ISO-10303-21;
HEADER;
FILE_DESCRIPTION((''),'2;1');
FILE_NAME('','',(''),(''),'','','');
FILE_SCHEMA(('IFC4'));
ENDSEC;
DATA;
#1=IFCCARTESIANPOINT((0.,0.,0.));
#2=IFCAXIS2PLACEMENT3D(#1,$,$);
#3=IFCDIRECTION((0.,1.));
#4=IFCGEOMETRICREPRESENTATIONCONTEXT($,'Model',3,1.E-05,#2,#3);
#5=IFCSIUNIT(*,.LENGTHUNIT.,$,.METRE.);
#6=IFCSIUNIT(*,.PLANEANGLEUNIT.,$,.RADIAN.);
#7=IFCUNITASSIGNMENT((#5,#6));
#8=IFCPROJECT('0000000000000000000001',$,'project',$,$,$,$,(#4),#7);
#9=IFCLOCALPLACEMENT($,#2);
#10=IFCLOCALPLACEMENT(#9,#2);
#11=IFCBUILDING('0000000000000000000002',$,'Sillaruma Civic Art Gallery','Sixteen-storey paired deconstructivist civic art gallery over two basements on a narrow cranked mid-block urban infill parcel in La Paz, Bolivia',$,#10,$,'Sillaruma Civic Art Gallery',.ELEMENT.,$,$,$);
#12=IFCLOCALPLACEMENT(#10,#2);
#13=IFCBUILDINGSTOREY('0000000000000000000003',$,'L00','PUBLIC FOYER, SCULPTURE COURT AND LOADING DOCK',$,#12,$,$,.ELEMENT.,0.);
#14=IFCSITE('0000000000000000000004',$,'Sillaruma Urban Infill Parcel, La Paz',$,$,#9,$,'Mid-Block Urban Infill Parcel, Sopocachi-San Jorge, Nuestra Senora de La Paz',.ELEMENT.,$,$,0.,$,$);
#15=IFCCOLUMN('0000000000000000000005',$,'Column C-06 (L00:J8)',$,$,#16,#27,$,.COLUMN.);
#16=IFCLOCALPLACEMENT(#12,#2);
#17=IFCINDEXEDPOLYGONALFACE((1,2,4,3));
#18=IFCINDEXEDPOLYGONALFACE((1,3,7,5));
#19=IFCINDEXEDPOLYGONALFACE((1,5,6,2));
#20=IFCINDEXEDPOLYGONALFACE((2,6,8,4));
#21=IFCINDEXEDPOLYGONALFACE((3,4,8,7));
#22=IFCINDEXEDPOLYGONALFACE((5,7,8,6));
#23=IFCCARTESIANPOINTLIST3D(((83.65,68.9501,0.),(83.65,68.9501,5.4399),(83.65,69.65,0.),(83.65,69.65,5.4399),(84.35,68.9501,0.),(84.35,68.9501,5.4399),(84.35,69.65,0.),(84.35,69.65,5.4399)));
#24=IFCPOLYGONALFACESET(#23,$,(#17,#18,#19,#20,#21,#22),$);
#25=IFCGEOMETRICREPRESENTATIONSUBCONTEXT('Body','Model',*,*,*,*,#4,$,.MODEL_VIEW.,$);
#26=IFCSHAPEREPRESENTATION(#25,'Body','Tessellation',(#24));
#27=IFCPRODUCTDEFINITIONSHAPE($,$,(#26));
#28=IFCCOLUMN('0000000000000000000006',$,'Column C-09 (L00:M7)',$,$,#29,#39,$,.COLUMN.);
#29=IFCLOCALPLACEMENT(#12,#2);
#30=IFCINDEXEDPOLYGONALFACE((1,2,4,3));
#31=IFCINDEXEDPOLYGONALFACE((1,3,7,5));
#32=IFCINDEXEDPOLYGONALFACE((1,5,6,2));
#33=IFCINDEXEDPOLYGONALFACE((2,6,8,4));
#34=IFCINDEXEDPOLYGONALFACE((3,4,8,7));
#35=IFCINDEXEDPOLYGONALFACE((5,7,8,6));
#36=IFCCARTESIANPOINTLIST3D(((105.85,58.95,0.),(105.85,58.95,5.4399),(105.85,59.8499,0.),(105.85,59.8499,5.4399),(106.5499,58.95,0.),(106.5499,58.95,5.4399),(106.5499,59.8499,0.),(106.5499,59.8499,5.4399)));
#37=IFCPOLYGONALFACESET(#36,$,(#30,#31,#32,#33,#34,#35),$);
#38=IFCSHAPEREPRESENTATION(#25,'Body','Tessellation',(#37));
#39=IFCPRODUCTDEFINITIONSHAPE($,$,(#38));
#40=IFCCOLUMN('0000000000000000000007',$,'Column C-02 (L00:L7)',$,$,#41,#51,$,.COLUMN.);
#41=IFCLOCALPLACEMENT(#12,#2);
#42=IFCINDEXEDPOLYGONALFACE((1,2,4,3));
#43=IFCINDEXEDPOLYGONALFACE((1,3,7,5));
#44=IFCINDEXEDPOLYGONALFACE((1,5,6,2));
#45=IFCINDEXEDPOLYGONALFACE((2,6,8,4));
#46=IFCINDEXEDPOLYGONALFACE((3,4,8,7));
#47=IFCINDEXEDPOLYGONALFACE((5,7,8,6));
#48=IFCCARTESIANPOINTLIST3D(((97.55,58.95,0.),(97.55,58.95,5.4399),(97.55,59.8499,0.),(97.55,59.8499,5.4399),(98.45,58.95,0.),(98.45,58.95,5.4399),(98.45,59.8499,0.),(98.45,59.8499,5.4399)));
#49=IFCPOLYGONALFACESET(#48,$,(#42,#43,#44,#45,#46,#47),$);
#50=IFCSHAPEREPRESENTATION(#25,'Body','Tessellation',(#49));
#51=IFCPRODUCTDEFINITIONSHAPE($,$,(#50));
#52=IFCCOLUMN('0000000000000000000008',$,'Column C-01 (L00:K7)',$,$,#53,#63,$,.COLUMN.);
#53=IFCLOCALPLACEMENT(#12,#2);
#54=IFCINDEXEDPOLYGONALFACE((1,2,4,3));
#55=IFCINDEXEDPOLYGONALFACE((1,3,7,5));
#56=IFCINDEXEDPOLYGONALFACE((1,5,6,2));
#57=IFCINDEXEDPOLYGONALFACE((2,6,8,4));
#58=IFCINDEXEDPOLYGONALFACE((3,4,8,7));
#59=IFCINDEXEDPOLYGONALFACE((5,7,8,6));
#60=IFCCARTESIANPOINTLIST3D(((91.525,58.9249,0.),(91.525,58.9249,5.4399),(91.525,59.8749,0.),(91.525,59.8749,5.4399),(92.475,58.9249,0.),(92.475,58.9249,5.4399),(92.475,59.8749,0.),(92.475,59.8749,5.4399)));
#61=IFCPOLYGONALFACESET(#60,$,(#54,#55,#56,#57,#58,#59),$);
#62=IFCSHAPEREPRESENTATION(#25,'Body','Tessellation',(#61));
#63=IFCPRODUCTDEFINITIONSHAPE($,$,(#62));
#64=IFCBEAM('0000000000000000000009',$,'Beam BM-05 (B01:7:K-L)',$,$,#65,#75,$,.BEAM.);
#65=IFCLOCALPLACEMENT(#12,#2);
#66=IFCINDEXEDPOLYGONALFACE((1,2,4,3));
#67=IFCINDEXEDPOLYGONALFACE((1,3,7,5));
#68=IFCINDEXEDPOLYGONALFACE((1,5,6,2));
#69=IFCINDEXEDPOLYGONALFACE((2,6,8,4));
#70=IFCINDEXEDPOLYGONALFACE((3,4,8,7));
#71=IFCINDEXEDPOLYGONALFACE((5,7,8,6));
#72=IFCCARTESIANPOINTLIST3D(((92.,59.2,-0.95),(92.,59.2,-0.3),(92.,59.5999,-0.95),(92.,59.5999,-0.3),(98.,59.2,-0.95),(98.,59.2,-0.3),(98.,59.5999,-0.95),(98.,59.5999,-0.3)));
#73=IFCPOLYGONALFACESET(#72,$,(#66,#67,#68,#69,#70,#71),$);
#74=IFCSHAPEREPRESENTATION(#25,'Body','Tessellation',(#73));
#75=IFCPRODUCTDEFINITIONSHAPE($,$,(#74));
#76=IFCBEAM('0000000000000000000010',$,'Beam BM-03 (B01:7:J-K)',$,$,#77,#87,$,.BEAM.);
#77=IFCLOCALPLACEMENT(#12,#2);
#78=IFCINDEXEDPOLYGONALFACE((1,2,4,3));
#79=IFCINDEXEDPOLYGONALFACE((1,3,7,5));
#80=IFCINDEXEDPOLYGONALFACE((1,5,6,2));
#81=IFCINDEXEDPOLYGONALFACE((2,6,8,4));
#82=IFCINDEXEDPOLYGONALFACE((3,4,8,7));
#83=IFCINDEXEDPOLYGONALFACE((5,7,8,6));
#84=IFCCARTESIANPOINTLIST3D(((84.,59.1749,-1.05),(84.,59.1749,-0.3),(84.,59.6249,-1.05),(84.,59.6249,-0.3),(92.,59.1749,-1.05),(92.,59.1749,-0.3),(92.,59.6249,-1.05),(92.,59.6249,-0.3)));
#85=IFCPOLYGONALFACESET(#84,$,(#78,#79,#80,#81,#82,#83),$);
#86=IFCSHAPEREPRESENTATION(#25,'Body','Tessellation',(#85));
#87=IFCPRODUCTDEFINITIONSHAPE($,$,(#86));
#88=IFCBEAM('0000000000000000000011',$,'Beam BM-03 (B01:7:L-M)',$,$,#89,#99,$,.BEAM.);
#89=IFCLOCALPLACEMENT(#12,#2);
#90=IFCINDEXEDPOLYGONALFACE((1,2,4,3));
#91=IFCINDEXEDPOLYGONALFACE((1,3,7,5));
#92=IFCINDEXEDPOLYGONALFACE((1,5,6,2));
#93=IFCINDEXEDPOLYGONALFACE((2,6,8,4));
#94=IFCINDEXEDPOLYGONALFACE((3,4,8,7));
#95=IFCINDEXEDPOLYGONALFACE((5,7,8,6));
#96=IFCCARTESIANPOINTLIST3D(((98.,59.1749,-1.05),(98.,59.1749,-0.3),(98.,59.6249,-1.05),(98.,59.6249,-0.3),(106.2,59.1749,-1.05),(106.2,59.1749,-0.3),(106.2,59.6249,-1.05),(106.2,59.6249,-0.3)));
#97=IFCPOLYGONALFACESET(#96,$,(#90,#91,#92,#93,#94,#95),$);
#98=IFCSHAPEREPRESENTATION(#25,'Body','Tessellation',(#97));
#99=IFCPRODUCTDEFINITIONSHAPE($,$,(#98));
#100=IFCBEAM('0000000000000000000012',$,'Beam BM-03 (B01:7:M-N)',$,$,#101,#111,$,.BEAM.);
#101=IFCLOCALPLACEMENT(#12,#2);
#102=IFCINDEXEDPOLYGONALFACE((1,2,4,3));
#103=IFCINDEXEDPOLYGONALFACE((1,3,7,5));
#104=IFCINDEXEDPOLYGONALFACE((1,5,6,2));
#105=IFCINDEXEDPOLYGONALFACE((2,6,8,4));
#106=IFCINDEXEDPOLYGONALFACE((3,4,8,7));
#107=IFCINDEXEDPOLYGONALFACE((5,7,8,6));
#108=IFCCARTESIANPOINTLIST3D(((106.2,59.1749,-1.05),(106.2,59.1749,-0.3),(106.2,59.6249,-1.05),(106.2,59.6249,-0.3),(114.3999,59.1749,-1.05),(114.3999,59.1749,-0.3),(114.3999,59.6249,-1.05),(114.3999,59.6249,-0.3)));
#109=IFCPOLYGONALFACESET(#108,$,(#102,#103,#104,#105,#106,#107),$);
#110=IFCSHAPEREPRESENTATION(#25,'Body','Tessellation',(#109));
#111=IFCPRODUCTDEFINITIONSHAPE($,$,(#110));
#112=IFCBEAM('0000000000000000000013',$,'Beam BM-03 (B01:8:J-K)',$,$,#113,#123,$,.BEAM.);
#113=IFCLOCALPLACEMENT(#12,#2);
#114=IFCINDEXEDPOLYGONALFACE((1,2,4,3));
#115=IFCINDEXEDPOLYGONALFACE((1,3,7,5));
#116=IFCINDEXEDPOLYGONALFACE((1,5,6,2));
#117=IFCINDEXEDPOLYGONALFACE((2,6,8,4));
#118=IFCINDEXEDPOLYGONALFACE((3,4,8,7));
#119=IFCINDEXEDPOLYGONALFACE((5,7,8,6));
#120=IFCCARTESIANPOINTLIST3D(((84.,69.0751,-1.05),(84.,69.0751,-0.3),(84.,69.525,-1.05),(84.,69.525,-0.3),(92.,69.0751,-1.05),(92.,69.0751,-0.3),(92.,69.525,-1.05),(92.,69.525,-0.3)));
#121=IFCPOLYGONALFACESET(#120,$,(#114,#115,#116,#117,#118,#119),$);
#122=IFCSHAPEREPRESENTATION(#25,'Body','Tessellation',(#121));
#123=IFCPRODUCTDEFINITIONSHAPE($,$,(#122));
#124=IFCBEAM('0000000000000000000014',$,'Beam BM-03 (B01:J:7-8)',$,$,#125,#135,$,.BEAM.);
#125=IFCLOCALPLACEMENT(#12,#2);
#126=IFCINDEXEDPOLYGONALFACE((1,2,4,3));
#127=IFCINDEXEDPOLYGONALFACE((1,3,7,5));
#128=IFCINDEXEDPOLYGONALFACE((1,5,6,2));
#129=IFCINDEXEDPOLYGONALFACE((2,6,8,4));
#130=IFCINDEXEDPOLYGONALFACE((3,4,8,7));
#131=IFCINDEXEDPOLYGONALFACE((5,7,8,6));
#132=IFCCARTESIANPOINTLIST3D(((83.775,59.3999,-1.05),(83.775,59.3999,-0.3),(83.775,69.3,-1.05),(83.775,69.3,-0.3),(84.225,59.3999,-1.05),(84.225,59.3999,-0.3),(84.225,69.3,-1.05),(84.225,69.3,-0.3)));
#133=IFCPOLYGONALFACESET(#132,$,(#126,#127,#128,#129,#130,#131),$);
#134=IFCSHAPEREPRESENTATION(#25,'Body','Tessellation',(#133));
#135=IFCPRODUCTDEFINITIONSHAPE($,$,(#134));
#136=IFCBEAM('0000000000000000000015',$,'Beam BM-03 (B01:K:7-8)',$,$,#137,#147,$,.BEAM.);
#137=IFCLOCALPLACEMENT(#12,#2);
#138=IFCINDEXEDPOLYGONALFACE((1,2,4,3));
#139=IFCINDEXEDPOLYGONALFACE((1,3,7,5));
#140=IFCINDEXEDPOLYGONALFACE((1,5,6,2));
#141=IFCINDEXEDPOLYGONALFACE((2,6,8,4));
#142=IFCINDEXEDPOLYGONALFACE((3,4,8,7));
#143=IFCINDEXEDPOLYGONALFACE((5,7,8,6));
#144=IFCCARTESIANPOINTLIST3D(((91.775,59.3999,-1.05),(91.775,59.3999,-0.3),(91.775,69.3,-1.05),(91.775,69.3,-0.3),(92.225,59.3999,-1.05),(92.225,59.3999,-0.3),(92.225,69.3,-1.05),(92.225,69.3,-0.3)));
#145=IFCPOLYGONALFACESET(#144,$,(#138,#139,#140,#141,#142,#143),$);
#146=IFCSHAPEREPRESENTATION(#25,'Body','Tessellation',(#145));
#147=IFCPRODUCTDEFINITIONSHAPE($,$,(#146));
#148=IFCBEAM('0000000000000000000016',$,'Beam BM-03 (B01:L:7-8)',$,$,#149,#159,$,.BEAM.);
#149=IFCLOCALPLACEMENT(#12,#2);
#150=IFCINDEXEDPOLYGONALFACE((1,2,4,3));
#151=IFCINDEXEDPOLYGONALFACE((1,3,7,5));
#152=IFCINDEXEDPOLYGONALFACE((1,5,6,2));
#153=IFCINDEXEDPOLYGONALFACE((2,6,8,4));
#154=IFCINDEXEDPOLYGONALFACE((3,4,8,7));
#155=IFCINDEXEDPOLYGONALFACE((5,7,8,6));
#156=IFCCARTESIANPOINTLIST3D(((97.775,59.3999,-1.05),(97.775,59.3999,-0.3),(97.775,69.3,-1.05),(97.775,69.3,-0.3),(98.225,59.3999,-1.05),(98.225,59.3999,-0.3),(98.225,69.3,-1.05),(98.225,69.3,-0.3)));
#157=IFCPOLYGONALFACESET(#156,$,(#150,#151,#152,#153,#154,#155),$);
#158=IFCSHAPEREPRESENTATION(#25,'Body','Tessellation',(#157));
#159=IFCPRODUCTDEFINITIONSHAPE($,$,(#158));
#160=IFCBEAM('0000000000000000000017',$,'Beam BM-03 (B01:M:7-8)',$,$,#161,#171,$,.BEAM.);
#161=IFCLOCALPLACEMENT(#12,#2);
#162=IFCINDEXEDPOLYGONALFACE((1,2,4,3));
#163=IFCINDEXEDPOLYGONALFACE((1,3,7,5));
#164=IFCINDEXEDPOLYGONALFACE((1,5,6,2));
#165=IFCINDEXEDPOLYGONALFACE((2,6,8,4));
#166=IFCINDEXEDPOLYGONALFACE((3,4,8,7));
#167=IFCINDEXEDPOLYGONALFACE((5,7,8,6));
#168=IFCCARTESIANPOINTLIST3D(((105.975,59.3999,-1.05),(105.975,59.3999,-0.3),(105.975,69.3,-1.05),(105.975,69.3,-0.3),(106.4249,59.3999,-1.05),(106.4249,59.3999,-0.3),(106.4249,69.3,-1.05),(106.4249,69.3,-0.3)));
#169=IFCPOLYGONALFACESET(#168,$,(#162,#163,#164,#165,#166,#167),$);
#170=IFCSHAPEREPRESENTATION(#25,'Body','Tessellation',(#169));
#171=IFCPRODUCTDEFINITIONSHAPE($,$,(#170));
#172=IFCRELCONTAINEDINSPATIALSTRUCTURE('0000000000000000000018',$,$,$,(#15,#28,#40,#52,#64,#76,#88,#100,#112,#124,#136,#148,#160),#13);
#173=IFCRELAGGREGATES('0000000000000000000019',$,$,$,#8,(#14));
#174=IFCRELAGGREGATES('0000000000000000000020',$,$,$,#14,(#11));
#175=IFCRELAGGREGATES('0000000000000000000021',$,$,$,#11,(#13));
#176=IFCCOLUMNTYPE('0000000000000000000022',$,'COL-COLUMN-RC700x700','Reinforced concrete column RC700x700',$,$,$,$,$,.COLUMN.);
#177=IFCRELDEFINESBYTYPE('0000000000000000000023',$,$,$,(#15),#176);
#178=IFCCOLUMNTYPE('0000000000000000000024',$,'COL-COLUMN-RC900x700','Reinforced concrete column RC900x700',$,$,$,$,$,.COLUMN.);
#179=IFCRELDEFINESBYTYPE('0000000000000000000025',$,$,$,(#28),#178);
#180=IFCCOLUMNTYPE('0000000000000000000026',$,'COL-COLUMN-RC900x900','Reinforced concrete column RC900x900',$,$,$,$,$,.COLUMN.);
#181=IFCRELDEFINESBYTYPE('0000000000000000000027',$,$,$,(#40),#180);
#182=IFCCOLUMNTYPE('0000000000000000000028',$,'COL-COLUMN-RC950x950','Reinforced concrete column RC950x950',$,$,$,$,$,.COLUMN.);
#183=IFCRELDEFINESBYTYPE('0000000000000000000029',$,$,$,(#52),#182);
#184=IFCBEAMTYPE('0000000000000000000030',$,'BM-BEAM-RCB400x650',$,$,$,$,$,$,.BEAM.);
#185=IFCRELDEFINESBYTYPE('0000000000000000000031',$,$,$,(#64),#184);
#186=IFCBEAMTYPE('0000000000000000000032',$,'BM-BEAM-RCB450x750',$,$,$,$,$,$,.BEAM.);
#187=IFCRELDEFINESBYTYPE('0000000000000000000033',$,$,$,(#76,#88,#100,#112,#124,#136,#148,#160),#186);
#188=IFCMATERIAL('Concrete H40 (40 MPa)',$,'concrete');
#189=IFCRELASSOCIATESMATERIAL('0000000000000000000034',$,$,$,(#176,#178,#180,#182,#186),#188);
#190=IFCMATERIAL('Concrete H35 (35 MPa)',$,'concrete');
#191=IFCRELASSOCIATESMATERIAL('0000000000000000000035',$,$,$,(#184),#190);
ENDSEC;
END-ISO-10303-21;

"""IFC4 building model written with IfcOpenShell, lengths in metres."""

from ifc_helpers import new_model, si_unit, direction, frame, origin, origin_2d, place, context, subcontext, project, spatial, rectangle, extrude, material, material_profile, profile_set, type_object, element, save


model = new_model("IFC4")

# Units and contexts
model_context = context("Model", 3, precision=1e-05, world=origin(), true_north=direction((0.0, 1.0)))
body_context = subcontext(model_context, "Body", "Model", "MODEL_VIEW")
ifc_project = project(units=[si_unit("LENGTHUNIT", "METRE"), si_unit("PLANEANGLEUNIT", "RADIAN")], contexts=[model_context])

# Site, building, storey
site_placement = place(None, origin())
site = spatial("IfcSite", under=ifc_project, at=site_placement, Name="Sillaruma Urban Infill Parcel, La Paz", LongName="Mid-Block Urban Infill Parcel, Sopocachi-San Jorge, Nuestra Senora de La Paz", CompositionType="ELEMENT", RefElevation=0.0)
building_placement = place(site_placement, origin())
building = spatial("IfcBuilding", under=site, at=building_placement, Name="Sillaruma Civic Art Gallery", Description="Sixteen-storey paired deconstructivist civic art gallery over two basements on a narrow cranked mid-block urban infill parcel in La Paz, Bolivia", LongName="Sillaruma Civic Art Gallery", CompositionType="ELEMENT")
storey_placement = place(building_placement, origin())
storey = spatial("IfcBuildingStorey", under=building, at=storey_placement, Name="L00", Description="PUBLIC FOYER, SCULPTURE COURT AND LOADING DOCK", CompositionType="ELEMENT", Elevation=0.0)

# Columns
ifc_material_1 = material(Name="Concrete H40 (40 MPa)", Category="concrete")
ifc_material_profile_1 = material_profile(ifc_material_1, rectangle(XDim=0.7, YDim=0.7, at=origin_2d()), Name="RC700x700")
ifc_profile_set_1 = profile_set([ifc_material_profile_1], Name="Concrete H40 (40 MPa)")
column_type_1 = type_object("IfcColumnType", Name="COL-COLUMN-RC700x700", Description="Reinforced concrete column RC700x700", PredefinedType="COLUMN", material=ifc_profile_set_1)
column_1_placement = place(storey_placement, frame((84.0, 69.3, 0.0), z_axis=(0.0, 0.0, 1.0), x_axis=(1.0, 0.0, 0.0)))
element("IfcColumn", 1, at=column_1_placement, inside=storey, type_object=column_type_1, Name="Column C-06 (L00:J8)", PredefinedType="COLUMN", context=body_context, shape_type="SweptSolid", body=[
    extrude(rectangle(XDim=0.7, YDim=0.7, at=origin_2d()), origin(), (0.0, 0.0, 1.0), 5.4399),
])
ifc_material_profile_2 = material_profile(ifc_material_1, rectangle(XDim=0.7, YDim=0.8999, at=origin_2d()), Name="RC900x700")
ifc_profile_set_2 = profile_set([ifc_material_profile_2], Name="Concrete H40 (40 MPa)")
column_type_2 = type_object("IfcColumnType", Name="COL-COLUMN-RC900x700", Description="Reinforced concrete column RC900x700", PredefinedType="COLUMN", material=ifc_profile_set_2)
column_2_placement = place(storey_placement, frame((106.2, 59.3999, 0.0), z_axis=(0.0, 0.0, 1.0), x_axis=(1.0, 0.0, 0.0)))
element("IfcColumn", 2, at=column_2_placement, inside=storey, type_object=column_type_2, Name="Column C-09 (L00:M7)", PredefinedType="COLUMN", context=body_context, shape_type="SweptSolid", body=[
    extrude(rectangle(XDim=0.7, YDim=0.8999, at=origin_2d()), origin(), (0.0, 0.0, 1.0), 5.4399),
])
ifc_material_profile_3 = material_profile(ifc_material_1, rectangle(XDim=0.8999, YDim=0.8999, at=origin_2d()), Name="RC900x900")
ifc_profile_set_3 = profile_set([ifc_material_profile_3], Name="Concrete H40 (40 MPa)")
column_type_3 = type_object("IfcColumnType", Name="COL-COLUMN-RC900x900", Description="Reinforced concrete column RC900x900", PredefinedType="COLUMN", material=ifc_profile_set_3)
column_3_placement = place(storey_placement, frame((98.0, 59.3999, 0.0), z_axis=(0.0, 0.0, 1.0), x_axis=(1.0, 0.0, 0.0)))
element("IfcColumn", 3, at=column_3_placement, inside=storey, type_object=column_type_3, Name="Column C-02 (L00:L7)", PredefinedType="COLUMN", context=body_context, shape_type="SweptSolid", body=[
    extrude(rectangle(XDim=0.8999, YDim=0.8999, at=origin_2d()), origin(), (0.0, 0.0, 1.0), 5.4399),
])
ifc_material_profile_4 = material_profile(ifc_material_1, rectangle(XDim=0.95, YDim=0.95, at=origin_2d()), Name="RC950x950")
ifc_profile_set_4 = profile_set([ifc_material_profile_4], Name="Concrete H40 (40 MPa)")
column_type_4 = type_object("IfcColumnType", Name="COL-COLUMN-RC950x950", Description="Reinforced concrete column RC950x950", PredefinedType="COLUMN", material=ifc_profile_set_4)
column_4_placement = place(storey_placement, frame((92.0, 59.3999, 0.0), z_axis=(0.0, 0.0, 1.0), x_axis=(1.0, 0.0, 0.0)))
element("IfcColumn", 4, at=column_4_placement, inside=storey, type_object=column_type_4, Name="Column C-01 (L00:K7)", PredefinedType="COLUMN", context=body_context, shape_type="SweptSolid", body=[
    extrude(rectangle(XDim=0.95, YDim=0.95, at=origin_2d()), origin(), (0.0, 0.0, 1.0), 5.4399),
])

# Beams
ifc_material_2 = material(Name="Concrete H35 (35 MPa)", Category="concrete")
ifc_material_profile_5 = material_profile(ifc_material_2, rectangle(XDim=0.3999, YDim=0.6499, at=origin_2d()), Name="RCB400x650")
ifc_profile_set_5 = profile_set([ifc_material_profile_5], Name="Concrete H35 (35 MPa)")
beam_type_1 = type_object("IfcBeamType", Name="BM-BEAM-RCB400x650", PredefinedType="BEAM", material=ifc_profile_set_5)
beam_1_placement = place(storey_placement, frame((92.0, 59.3999, -0.625), z_axis=(1.0, 0.0, 0.0), x_axis=(0.0, 1.0, 0.0)))
element("IfcBeam", 5, at=beam_1_placement, inside=storey, type_object=beam_type_1, Name="Beam BM-05 (B01:7:K-L)", PredefinedType="BEAM", context=body_context, shape_type="SweptSolid", body=[
    extrude(rectangle(XDim=0.3999, YDim=0.6499, at=origin_2d()), origin(), (0.0, 0.0, 1.0), 6.0),
])
ifc_material_profile_6 = material_profile(ifc_material_1, rectangle(XDim=0.45, YDim=0.75, at=origin_2d()), Name="RCB450x750")
ifc_profile_set_6 = profile_set([ifc_material_profile_6], Name="Concrete H40 (40 MPa)")
beam_type_2 = type_object("IfcBeamType", Name="BM-BEAM-RCB450x750", PredefinedType="BEAM", material=ifc_profile_set_6)
beam_2_placement = place(storey_placement, frame((84.0, 59.3999, -0.675), z_axis=(1.0, 0.0, 0.0), x_axis=(0.0, 1.0, 0.0)))
element("IfcBeam", 6, at=beam_2_placement, inside=storey, type_object=beam_type_2, Name="Beam BM-03 (B01:7:J-K)", PredefinedType="BEAM", context=body_context, shape_type="SweptSolid", body=[
    extrude(rectangle(XDim=0.45, YDim=0.75, at=origin_2d()), origin(), (0.0, 0.0, 1.0), 8.0),
])
for number, where, z_axis, x_axis, name in (
    (7, (98.0, 59.3999, -0.675), (1.0, 0.0, 0.0), (0.0, 1.0, 0.0), "Beam BM-03 (B01:7:L-M)"),
    (8, (106.2, 59.3999, -0.675), (1.0, 0.0, 0.0), (0.0, 1.0, 0.0), "Beam BM-03 (B01:7:M-N)"),
):
    element("IfcBeam", number, at=place(storey_placement, frame(where, z_axis=z_axis, x_axis=x_axis)), inside=storey, type_object=beam_type_2, Name=name, PredefinedType="BEAM", context=body_context, shape_type="SweptSolid", body=[
        extrude(rectangle(XDim=0.45, YDim=0.75, at=origin_2d()), origin(), (0.0, 0.0, 1.0), 8.2),
    ])
beam_3_placement = place(storey_placement, frame((84.0, 69.3, -0.675), z_axis=(1.0, 0.0, 0.0), x_axis=(0.0, 1.0, 0.0)))
element("IfcBeam", 9, at=beam_3_placement, inside=storey, type_object=beam_type_2, Name="Beam BM-03 (B01:8:J-K)", PredefinedType="BEAM", context=body_context, shape_type="SweptSolid", body=[
    extrude(rectangle(XDim=0.45, YDim=0.75, at=origin_2d()), origin(), (0.0, 0.0, 1.0), 8.0),
])
for number, where, z_axis, x_axis, name in (
    (10, (84.0, 59.3999, -0.675), (0.0, 1.0, 0.0), (-1.0, 0.0, 0.0), "Beam BM-03 (B01:J:7-8)"),
    (11, (92.0, 59.3999, -0.675), (0.0, 1.0, 0.0), (-1.0, 0.0, 0.0), "Beam BM-03 (B01:K:7-8)"),
    (12, (98.0, 59.3999, -0.675), (0.0, 1.0, 0.0), (-1.0, 0.0, 0.0), "Beam BM-03 (B01:L:7-8)"),
    (13, (106.2, 59.3999, -0.675), (0.0, 1.0, 0.0), (-1.0, 0.0, 0.0), "Beam BM-03 (B01:M:7-8)"),
):
    element("IfcBeam", number, at=place(storey_placement, frame(where, z_axis=z_axis, x_axis=x_axis)), inside=storey, type_object=beam_type_2, Name=name, PredefinedType="BEAM", context=body_context, shape_type="SweptSolid", body=[
        extrude(rectangle(XDim=0.45, YDim=0.75, at=origin_2d()), origin(), (0.0, 0.0, 1.0), 9.9001),
    ])

save(model, "model.ifc")
